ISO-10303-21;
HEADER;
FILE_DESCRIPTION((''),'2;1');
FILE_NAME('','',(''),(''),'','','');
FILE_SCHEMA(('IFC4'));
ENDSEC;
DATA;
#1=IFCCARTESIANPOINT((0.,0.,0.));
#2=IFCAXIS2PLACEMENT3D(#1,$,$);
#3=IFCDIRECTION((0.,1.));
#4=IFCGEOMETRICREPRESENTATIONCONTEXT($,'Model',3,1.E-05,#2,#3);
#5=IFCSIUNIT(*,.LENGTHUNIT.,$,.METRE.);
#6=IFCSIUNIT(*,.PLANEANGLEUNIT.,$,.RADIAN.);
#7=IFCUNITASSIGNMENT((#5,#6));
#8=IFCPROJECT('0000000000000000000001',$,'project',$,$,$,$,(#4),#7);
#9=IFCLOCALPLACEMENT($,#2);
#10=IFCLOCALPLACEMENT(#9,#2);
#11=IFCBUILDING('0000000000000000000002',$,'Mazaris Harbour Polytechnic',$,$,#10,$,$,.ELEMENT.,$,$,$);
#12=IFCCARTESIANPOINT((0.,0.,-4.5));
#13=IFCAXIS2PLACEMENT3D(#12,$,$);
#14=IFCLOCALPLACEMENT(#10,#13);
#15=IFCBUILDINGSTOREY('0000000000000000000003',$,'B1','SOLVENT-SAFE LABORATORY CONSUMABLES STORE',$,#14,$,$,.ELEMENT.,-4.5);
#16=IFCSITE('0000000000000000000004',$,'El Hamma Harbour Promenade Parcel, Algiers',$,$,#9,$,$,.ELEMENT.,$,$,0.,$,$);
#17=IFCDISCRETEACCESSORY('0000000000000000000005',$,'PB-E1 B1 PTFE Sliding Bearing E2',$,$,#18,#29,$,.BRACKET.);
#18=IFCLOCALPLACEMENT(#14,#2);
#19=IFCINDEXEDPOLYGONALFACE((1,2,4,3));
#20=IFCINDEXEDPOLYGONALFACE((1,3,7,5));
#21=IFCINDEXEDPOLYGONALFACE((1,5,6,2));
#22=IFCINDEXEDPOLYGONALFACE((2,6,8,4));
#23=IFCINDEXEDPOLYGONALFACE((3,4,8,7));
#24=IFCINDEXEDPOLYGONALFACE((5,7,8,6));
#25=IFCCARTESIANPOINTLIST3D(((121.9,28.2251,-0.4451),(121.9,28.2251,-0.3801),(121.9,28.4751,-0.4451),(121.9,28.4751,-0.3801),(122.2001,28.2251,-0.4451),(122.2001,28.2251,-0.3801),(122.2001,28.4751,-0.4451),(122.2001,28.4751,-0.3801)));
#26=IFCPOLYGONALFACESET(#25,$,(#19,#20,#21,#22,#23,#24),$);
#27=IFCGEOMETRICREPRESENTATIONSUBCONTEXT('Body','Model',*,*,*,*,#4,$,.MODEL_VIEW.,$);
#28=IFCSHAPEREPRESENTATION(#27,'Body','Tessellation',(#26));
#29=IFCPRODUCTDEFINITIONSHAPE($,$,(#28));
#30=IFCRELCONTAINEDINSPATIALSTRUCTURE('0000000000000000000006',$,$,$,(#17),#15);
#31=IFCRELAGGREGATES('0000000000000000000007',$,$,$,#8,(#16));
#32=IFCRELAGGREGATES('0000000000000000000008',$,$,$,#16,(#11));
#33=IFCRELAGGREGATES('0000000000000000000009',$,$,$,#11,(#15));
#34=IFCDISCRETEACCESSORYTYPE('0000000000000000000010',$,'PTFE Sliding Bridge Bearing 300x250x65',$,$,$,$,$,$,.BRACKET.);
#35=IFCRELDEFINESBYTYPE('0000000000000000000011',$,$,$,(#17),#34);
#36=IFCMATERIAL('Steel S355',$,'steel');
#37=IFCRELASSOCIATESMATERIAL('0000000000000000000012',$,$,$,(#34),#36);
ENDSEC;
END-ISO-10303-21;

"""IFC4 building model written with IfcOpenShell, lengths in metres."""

from ifc_helpers import new_model, si_unit, direction, frame, origin, origin_2d, place, context, subcontext, project, spatial, rectangle, extrude, material, type_object, element, save


model = new_model("IFC4")

# Units and contexts
model_context = context("Model", 3, precision=1e-05, world=origin(), true_north=direction((0.0, 1.0)))
body_context = subcontext(model_context, "Body", "Model", "MODEL_VIEW")
ifc_project = project(units=[si_unit("LENGTHUNIT", "METRE"), si_unit("PLANEANGLEUNIT", "RADIAN")], contexts=[model_context])

# Site, building, storey
site_placement = place(None, origin())
site = spatial("IfcSite", under=ifc_project, at=site_placement, Name="El Hamma Harbour Promenade Parcel, Algiers", CompositionType="ELEMENT", RefElevation=0.0)
building_placement = place(site_placement, origin())
building = spatial("IfcBuilding", under=site, at=building_placement, Name="Mazaris Harbour Polytechnic", CompositionType="ELEMENT")
storey_placement = place(building_placement, frame((0.0, 0.0, -4.5)))
storey = spatial("IfcBuildingStorey", under=building, at=storey_placement, Name="B1", Description="SOLVENT-SAFE LABORATORY CONSUMABLES STORE", CompositionType="ELEMENT", Elevation=-4.5)

# Discrete accessory
ifc_material_1 = material(Name="Steel S355", Category="steel")
discrete_accessory_type = type_object("IfcDiscreteAccessoryType", Name="PTFE Sliding Bridge Bearing 300x250x65", PredefinedType="BRACKET", material=ifc_material_1)
discrete_accessory_placement = place(storey_placement, frame((122.05, 28.3501, -0.4451), z_axis=(0.0, 0.0, 1.0), x_axis=(1.0, 0.0, 0.0)))
element("IfcDiscreteAccessory", 1, at=discrete_accessory_placement, inside=storey, type_object=discrete_accessory_type, Name="PB-E1 B1 PTFE Sliding Bearing E2", PredefinedType="BRACKET", context=body_context, shape_type="SweptSolid", body=[
    extrude(rectangle(XDim=0.3, YDim=0.25, at=origin_2d()), origin(), (0.0, 0.0, 1.0), 0.0649),
])

save(model, "model.ifc")
